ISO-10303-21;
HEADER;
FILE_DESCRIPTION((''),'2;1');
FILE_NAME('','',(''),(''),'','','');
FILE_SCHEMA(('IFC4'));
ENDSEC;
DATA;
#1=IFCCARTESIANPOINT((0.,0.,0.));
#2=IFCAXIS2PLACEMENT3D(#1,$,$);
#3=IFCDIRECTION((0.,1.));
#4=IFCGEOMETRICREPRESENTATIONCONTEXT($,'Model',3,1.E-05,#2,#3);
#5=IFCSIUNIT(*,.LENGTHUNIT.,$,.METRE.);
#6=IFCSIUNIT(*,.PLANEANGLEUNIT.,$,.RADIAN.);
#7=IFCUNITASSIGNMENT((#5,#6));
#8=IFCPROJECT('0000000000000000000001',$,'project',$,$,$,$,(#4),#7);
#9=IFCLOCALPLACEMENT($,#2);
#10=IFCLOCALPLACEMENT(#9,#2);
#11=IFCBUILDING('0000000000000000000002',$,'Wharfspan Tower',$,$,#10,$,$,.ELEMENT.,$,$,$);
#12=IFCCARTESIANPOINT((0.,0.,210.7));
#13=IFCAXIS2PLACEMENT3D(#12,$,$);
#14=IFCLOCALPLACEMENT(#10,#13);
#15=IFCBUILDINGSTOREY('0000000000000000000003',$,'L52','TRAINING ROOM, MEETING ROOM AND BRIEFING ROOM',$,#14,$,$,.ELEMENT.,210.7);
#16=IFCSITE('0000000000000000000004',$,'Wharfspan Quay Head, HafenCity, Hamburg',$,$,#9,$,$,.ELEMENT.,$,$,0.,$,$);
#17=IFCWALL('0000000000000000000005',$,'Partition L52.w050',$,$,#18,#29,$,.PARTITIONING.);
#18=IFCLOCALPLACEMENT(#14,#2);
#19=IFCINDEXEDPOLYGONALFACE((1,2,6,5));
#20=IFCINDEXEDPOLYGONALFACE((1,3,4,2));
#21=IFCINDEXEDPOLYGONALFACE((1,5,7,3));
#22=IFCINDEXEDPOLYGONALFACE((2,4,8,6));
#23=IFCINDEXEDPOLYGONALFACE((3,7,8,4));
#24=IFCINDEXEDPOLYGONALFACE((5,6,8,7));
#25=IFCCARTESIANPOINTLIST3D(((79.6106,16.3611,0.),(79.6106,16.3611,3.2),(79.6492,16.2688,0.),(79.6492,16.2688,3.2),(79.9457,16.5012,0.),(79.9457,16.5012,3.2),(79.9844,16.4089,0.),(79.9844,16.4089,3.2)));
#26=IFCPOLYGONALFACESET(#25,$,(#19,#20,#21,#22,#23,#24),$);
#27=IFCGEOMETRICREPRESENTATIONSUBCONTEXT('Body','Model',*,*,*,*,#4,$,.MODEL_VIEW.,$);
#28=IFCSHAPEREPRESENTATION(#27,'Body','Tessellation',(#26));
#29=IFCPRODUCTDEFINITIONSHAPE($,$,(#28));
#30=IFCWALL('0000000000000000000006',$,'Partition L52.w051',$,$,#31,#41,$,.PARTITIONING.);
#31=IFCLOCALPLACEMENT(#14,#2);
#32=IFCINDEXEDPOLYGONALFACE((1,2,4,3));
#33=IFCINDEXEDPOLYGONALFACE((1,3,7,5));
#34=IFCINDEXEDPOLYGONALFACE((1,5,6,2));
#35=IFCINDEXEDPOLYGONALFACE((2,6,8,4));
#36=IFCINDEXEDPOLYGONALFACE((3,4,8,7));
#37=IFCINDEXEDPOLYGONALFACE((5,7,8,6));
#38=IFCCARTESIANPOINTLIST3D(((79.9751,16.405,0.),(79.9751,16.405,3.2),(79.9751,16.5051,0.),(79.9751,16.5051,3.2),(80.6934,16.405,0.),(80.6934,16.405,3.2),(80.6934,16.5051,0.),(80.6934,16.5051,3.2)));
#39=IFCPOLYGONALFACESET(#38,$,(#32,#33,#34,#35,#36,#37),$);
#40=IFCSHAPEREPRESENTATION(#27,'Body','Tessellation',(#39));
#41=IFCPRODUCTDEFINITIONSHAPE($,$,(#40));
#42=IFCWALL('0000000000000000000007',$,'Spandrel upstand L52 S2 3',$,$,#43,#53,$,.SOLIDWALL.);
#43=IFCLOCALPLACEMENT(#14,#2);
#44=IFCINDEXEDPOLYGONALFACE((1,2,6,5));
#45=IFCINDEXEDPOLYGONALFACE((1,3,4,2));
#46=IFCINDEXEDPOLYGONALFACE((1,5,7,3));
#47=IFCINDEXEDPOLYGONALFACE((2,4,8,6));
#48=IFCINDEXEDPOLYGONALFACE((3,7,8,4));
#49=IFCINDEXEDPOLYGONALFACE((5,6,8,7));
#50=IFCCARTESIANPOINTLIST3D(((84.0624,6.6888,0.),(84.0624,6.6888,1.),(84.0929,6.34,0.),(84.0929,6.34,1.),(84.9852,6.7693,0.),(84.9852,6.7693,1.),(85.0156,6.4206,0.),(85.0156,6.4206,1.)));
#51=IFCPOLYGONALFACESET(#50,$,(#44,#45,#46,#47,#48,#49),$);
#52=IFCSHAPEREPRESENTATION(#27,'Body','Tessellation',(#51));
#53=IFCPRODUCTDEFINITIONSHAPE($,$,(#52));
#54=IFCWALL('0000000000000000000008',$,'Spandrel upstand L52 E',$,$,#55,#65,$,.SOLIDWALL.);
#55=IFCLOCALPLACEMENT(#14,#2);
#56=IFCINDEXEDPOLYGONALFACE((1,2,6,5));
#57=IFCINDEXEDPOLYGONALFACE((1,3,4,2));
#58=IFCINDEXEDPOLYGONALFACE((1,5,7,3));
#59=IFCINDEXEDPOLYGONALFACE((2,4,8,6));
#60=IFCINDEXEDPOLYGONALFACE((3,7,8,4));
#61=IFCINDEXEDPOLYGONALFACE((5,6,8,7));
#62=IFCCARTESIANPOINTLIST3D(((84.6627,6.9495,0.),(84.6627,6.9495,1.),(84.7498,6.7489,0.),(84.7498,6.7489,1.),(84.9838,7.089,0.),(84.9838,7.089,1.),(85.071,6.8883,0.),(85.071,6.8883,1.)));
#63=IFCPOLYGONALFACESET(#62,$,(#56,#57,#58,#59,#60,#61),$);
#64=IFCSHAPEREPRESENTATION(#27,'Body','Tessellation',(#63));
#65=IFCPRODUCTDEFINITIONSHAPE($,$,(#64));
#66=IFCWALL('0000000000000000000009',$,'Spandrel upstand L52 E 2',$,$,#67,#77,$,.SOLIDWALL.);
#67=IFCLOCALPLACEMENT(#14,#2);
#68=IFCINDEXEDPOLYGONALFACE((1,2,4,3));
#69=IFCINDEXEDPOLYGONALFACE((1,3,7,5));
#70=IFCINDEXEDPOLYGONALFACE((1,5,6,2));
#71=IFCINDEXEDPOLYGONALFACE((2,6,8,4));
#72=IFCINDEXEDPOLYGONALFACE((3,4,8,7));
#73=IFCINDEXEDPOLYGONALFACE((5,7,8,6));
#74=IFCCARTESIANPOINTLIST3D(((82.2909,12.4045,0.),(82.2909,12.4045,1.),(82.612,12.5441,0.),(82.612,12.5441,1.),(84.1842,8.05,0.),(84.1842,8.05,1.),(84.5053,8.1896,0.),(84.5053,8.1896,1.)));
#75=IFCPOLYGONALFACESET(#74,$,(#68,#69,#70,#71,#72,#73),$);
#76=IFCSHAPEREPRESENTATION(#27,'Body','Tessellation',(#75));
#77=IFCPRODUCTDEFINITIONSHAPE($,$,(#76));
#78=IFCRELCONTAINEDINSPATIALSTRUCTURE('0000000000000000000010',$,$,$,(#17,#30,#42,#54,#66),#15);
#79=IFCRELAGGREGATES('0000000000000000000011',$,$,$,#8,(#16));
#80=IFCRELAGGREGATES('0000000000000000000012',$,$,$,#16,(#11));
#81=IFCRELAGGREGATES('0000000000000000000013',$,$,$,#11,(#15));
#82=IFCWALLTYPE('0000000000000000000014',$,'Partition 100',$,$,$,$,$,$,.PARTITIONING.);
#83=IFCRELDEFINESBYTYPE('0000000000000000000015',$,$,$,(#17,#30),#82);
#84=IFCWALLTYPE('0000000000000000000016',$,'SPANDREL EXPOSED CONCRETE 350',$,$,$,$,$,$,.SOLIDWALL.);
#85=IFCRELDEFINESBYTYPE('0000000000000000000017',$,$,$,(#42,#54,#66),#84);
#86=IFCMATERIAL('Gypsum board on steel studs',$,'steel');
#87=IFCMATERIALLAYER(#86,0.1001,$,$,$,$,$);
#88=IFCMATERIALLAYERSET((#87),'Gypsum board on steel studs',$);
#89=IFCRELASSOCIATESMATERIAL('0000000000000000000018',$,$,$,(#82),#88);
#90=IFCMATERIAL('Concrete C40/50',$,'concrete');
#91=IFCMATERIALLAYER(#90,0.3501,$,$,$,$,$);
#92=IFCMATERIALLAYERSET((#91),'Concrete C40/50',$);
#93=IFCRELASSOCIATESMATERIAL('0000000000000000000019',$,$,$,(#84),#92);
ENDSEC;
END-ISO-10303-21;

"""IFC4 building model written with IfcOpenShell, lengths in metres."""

from ifc_helpers import new_model, si_unit, direction, frame, frame_2d, origin, place, context, subcontext, project, spatial, rectangle, extrude, material, layer, layer_set, type_object, element, save


model = new_model("IFC4")

# Units and contexts
model_context = context("Model", 3, precision=1e-05, world=origin(), true_north=direction((0.0, 1.0)))
body_context = subcontext(model_context, "Body", "Model", "MODEL_VIEW")
ifc_project = project(units=[si_unit("LENGTHUNIT", "METRE"), si_unit("PLANEANGLEUNIT", "RADIAN")], contexts=[model_context])

# Site, building, storey
site_placement = place(None, origin())
site = spatial("IfcSite", under=ifc_project, at=site_placement, Name="Wharfspan Quay Head, HafenCity, Hamburg", CompositionType="ELEMENT", RefElevation=0.0)
building_placement = place(site_placement, origin())
building = spatial("IfcBuilding", under=site, at=building_placement, Name="Wharfspan Tower", CompositionType="ELEMENT")
storey_placement = place(building_placement, frame((0.0, 0.0, 210.7)))
storey = spatial("IfcBuildingStorey", under=building, at=storey_placement, Name="L52", Description="TRAINING ROOM, MEETING ROOM AND BRIEFING ROOM", CompositionType="ELEMENT", Elevation=210.7)

# Walls
ifc_material_1 = material(Name="Gypsum board on steel studs", Category="steel")
ifc_layer_1 = layer(ifc_material_1, 0.1001)
ifc_layer_set_1 = layer_set([ifc_layer_1], Name="Gypsum board on steel studs")
wall_type_1 = type_object("IfcWallType", Name="Partition 100", PredefinedType="PARTITIONING", material=ifc_layer_set_1)
wall_1_placement = place(storey_placement, frame((79.6299, 16.3149, 0.0), z_axis=(0.0, 0.0, 1.0), x_axis=(0.92262, 0.385713, 0.0)))
element("IfcWall", 1, at=wall_1_placement, inside=storey, type_object=wall_type_1, Name="Partition L52.w050", PredefinedType="PARTITIONING", context=body_context, shape_type="SweptSolid", body=[
    extrude(rectangle(XDim=0.3633, YDim=0.1001, at=frame_2d((0.1816, 0.0))), origin(), (0.0, 0.0, 1.0), 3.2),
])
wall_2_placement = place(storey_placement, frame((79.9751, 16.4551, 0.0), z_axis=(0.0, 0.0, 1.0), x_axis=(1.0, 0.0, 0.0)))
element("IfcWall", 2, at=wall_2_placement, inside=storey, type_object=wall_type_1, Name="Partition L52.w051", PredefinedType="PARTITIONING", context=body_context, shape_type="SweptSolid", body=[
    extrude(rectangle(XDim=0.7183, YDim=0.1001, at=frame_2d((0.3591, 0.0))), origin(), (0.0, 0.0, 1.0), 3.2),
])
ifc_material_2 = material(Name="Concrete C40/50", Category="concrete")
ifc_layer_2 = layer(ifc_material_2, 0.3501)
ifc_layer_set_2 = layer_set([ifc_layer_2], Name="Concrete C40/50")
wall_type_2 = type_object("IfcWallType", Name="SPANDREL EXPOSED CONCRETE 350", PredefinedType="SOLIDWALL", material=ifc_layer_set_2)
wall_3_placement = place(storey_placement, frame((84.0776, 6.5144, 0.0), z_axis=(0.0, 0.0, 1.0), x_axis=(0.996213, 0.086971, 0.0)))
element("IfcWall", 3, at=wall_3_placement, inside=storey, type_object=wall_type_2, Name="Spandrel upstand L52 S2 3", PredefinedType="SOLIDWALL", context=body_context, shape_type="SweptSolid", body=[
    extrude(rectangle(XDim=0.9263, YDim=0.3501, at=frame_2d((0.4631, 0.0))), origin(), (0.0, 0.0, 1.0), 1.0),
])
wall_4_placement = place(storey_placement, frame((84.9104, 6.8186, 0.0), z_axis=(0.0, 0.0, 1.0), x_axis=(-0.398359, 0.91723, 0.0)))
element("IfcWall", 4, at=wall_4_placement, inside=storey, type_object=wall_type_2, Name="Spandrel upstand L52 E", PredefinedType="SOLIDWALL", context=body_context, shape_type="SweptSolid", body=[
    extrude(rectangle(XDim=0.2188, YDim=0.3501, at=frame_2d((0.1094, 0.0))), origin(), (0.0, 0.0, 1.0), 1.0),
])
wall_5_placement = place(storey_placement, frame((84.3447, 8.1199, 0.0), z_axis=(0.0, 0.0, 1.0), x_axis=(-0.398736, 0.917067, 0.0)))
element("IfcWall", 5, at=wall_5_placement, inside=storey, type_object=wall_type_2, Name="Spandrel upstand L52 E 2", PredefinedType="SOLIDWALL", context=body_context, shape_type="SweptSolid", body=[
    extrude(rectangle(XDim=4.7483, YDim=0.3501, at=frame_2d((2.374, 0.0))), origin(), (0.0, 0.0, 1.0), 1.0),
])

save(model, "model.ifc")
